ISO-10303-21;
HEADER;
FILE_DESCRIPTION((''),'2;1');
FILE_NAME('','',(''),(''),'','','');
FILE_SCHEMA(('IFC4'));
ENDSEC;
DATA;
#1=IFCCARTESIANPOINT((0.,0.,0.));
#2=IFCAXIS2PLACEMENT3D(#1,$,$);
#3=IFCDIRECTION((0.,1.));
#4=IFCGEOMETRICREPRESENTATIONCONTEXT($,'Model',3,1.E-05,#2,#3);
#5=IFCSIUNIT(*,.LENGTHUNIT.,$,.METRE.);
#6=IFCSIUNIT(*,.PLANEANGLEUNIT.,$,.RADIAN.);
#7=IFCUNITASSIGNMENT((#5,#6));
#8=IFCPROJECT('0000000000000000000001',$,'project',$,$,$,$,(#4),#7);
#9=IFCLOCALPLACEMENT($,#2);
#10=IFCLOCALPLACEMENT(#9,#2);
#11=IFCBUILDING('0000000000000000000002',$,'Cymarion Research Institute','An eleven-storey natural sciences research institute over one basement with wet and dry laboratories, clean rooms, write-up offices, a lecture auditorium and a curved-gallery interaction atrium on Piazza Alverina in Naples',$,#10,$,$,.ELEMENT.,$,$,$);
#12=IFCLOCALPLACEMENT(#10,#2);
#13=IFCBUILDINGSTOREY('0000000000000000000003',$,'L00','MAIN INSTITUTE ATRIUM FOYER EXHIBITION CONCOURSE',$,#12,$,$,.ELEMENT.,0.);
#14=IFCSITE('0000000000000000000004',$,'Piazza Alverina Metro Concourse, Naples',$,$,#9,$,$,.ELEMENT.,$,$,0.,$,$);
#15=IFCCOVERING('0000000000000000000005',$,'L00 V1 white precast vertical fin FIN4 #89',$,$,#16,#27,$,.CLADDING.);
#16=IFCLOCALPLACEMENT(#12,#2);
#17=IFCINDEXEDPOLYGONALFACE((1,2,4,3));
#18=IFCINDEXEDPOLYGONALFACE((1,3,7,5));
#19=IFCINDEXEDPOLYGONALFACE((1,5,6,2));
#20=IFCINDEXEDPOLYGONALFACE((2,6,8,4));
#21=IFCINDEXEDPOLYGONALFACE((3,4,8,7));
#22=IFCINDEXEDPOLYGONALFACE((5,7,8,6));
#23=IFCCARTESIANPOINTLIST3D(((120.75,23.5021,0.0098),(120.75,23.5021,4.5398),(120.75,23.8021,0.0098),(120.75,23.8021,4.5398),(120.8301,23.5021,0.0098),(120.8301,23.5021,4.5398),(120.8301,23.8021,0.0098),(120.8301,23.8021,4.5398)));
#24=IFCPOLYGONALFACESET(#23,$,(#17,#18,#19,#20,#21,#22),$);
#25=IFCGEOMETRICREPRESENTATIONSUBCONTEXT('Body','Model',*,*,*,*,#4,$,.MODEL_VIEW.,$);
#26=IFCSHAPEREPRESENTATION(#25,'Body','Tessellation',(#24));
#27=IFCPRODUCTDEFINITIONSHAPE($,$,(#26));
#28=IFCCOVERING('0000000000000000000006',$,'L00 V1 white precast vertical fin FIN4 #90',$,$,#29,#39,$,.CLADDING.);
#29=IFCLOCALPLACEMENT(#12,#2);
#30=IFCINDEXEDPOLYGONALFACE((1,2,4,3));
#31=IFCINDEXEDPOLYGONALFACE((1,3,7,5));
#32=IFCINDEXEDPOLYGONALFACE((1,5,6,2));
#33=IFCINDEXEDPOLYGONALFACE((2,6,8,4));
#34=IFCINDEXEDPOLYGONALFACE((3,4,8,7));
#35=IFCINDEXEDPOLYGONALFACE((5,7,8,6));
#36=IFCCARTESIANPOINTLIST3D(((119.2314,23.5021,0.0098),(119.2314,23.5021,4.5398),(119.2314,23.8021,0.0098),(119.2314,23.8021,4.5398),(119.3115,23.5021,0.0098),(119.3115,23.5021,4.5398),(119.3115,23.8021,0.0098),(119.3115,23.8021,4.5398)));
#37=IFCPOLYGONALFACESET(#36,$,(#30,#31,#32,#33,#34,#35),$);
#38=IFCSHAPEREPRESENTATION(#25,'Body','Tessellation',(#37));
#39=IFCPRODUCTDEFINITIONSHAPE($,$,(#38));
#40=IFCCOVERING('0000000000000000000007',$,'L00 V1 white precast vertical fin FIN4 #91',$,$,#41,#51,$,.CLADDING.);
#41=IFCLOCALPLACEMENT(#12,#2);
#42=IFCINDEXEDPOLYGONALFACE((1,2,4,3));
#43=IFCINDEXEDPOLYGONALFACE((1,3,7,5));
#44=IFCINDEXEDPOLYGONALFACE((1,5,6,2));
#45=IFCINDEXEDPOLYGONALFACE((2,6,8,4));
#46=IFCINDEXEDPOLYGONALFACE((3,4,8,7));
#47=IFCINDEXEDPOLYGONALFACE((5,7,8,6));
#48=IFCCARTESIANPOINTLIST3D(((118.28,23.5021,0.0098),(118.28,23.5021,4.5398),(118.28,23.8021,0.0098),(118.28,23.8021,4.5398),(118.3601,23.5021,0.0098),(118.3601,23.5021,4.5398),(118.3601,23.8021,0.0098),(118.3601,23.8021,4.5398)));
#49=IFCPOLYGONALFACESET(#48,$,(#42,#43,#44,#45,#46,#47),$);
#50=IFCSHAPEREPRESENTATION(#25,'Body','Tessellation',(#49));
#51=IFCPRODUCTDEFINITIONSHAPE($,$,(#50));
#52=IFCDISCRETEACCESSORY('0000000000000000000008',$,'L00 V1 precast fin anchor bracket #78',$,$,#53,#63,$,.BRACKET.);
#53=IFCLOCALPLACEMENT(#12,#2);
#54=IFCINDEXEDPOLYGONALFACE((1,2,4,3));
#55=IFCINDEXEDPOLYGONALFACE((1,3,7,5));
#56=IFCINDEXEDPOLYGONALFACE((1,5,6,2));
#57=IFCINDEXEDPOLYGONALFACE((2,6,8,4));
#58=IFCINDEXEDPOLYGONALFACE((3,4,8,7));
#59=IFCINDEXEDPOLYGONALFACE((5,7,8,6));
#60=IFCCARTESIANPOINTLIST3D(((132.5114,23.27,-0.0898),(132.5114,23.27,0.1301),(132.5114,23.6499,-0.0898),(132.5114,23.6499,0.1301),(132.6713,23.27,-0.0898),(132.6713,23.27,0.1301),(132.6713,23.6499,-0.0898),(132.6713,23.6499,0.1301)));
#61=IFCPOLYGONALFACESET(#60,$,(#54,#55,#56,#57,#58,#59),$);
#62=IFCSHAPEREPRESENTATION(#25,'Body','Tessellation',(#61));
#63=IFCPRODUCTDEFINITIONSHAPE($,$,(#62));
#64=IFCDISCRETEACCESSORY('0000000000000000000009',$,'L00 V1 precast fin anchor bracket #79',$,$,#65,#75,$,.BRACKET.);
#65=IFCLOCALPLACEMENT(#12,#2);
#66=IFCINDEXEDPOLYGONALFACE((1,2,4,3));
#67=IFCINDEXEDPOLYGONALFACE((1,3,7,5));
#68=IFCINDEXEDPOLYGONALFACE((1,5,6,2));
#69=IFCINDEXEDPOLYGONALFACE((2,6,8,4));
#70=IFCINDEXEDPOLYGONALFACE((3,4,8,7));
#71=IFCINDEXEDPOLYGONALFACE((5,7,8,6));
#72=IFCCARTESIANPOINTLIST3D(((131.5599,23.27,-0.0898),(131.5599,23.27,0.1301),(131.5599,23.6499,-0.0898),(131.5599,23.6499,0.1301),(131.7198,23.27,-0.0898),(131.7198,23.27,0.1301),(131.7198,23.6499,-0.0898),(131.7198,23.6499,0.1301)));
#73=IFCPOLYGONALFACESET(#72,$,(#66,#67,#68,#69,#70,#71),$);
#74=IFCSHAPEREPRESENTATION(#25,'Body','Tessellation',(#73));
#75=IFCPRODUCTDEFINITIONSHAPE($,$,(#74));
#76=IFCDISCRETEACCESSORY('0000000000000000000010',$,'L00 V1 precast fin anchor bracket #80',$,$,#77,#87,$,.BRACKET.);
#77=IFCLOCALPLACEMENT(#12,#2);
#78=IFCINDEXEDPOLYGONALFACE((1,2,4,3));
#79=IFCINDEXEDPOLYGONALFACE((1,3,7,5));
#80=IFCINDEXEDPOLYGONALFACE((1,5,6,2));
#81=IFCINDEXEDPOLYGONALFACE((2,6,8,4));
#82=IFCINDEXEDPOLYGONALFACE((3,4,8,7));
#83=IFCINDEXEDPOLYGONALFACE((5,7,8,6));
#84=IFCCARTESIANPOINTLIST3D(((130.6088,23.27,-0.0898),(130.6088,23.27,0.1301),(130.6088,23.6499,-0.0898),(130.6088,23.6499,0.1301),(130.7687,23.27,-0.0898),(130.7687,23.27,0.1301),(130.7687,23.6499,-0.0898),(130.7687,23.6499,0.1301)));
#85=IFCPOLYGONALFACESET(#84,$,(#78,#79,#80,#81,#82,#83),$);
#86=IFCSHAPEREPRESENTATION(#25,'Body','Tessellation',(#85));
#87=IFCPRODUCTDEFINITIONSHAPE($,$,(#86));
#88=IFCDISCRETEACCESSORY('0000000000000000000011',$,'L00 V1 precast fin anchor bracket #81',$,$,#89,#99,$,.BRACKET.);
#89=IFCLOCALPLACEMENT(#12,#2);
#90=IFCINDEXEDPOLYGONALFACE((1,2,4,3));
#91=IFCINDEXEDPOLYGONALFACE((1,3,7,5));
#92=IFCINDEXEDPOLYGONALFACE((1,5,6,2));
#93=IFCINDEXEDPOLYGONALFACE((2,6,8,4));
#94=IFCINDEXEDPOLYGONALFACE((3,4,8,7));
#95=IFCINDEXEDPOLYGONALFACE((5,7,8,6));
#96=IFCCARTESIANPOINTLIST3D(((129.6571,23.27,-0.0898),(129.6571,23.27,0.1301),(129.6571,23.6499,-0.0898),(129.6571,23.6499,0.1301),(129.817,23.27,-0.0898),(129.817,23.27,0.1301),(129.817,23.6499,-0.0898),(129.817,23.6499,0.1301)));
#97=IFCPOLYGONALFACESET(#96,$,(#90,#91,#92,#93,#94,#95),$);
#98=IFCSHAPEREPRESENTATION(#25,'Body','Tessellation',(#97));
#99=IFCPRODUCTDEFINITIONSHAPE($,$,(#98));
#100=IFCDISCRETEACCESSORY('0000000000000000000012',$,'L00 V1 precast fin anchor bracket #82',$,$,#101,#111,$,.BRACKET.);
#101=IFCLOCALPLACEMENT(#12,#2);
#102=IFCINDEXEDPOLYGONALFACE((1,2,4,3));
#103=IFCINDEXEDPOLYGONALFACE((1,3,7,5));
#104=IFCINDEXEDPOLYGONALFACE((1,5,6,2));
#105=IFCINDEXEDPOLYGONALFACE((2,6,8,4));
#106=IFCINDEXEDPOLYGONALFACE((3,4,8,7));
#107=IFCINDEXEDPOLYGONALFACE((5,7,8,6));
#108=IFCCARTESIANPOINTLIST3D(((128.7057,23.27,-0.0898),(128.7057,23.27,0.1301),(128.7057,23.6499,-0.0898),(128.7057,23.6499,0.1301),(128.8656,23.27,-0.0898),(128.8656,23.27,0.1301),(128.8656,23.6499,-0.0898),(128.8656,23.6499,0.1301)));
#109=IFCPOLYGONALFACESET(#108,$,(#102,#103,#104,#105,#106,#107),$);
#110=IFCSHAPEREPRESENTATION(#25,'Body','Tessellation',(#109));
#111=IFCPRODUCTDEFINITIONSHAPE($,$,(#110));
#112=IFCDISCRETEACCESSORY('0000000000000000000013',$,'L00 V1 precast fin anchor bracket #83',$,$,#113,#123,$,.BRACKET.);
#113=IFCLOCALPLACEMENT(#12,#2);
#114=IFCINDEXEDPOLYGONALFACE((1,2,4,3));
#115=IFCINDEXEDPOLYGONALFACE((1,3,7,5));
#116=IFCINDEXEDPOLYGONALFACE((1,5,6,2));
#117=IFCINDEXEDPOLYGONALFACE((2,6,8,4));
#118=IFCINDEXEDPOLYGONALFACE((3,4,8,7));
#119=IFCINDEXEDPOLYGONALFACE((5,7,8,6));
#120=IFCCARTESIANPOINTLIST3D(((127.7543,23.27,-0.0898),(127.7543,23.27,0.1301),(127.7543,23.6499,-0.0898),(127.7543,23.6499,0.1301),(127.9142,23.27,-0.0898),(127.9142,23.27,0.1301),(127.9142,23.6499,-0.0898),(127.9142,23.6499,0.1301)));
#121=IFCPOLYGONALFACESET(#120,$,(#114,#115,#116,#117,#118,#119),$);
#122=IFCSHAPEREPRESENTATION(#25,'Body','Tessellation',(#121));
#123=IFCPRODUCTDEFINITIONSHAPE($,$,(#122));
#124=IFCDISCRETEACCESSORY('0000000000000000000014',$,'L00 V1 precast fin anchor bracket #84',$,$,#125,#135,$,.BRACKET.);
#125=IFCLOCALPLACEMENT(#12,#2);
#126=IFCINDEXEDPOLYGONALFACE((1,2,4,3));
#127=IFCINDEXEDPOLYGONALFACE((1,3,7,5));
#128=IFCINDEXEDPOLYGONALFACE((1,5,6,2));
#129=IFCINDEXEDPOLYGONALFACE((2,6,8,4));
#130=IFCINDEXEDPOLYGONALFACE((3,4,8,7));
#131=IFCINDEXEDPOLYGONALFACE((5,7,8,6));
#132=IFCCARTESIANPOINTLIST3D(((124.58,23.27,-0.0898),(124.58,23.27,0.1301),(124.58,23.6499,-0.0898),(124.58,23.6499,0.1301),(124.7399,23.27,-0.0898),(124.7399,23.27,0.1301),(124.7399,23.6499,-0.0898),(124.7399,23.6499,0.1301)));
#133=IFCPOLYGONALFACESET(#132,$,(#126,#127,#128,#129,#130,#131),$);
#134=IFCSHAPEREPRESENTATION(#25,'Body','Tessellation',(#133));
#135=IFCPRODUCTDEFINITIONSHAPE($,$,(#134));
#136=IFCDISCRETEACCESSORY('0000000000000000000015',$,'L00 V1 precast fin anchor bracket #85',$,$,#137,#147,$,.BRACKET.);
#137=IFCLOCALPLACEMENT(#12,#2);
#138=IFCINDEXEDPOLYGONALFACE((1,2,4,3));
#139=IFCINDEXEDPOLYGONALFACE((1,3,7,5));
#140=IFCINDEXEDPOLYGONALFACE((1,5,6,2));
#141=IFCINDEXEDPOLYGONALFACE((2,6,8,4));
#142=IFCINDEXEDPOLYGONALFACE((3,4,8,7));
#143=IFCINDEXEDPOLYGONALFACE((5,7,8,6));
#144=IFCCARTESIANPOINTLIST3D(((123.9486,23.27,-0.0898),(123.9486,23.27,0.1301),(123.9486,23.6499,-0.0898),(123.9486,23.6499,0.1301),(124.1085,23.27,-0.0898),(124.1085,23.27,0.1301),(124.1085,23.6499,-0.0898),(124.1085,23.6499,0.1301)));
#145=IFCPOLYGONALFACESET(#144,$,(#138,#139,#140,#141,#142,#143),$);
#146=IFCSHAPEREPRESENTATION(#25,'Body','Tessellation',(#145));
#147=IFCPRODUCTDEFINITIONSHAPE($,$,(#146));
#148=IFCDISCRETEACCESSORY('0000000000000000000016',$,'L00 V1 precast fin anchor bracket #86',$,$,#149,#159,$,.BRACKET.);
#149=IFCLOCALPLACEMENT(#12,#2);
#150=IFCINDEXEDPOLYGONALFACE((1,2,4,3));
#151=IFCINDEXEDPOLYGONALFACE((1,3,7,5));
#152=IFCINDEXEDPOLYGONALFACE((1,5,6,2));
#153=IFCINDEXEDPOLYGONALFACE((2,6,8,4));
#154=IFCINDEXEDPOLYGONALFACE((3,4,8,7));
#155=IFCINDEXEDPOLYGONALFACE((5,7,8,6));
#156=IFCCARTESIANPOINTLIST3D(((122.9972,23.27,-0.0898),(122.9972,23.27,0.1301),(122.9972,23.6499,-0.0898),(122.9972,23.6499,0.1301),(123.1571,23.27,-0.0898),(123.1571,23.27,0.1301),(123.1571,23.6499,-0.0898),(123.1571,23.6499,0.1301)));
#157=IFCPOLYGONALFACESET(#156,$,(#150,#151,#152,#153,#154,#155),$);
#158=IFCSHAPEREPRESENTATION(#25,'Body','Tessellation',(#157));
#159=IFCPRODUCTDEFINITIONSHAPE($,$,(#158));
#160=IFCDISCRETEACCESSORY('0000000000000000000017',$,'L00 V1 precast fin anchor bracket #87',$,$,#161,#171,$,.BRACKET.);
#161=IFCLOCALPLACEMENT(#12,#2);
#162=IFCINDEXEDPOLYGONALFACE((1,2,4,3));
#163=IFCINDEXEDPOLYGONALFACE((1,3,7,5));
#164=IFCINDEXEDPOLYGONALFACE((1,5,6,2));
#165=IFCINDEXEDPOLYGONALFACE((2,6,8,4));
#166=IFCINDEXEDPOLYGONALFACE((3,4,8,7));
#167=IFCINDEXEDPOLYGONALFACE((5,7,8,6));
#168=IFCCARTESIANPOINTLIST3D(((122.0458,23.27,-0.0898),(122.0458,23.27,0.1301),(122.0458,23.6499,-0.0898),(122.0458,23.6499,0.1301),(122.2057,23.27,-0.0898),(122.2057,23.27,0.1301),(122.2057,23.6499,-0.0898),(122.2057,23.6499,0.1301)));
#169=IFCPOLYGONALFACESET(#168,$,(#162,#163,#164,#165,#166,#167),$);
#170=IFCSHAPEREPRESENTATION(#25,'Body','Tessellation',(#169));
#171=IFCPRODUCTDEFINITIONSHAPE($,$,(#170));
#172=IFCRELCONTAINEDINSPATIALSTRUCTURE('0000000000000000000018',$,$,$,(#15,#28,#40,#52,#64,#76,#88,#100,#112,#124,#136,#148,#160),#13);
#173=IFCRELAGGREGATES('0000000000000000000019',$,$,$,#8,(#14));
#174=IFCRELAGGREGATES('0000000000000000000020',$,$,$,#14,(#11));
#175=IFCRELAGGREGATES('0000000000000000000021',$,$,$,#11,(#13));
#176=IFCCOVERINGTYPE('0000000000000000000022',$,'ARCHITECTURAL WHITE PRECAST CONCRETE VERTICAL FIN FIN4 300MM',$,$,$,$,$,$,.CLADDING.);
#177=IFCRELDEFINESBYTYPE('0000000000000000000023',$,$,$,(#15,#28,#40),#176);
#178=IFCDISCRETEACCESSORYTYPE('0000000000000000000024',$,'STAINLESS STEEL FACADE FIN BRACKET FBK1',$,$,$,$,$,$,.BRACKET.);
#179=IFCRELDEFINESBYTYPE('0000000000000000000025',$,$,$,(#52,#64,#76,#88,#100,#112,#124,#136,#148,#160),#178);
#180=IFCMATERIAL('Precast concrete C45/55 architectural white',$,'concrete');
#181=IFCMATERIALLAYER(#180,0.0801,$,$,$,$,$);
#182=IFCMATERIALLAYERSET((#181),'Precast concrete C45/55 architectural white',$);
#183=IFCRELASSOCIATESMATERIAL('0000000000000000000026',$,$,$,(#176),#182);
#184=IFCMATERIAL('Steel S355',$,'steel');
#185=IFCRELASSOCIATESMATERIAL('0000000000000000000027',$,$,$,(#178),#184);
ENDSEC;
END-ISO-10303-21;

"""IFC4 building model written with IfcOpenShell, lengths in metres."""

from ifc_helpers import new_model, si_unit, direction, frame, origin, origin_2d, place, context, subcontext, project, spatial, rectangle, extrude, material, layer, layer_set, type_object, element, save


model = new_model("IFC4")

# Units and contexts
model_context = context("Model", 3, precision=1e-05, world=origin(), true_north=direction((0.0, 1.0)))
body_context = subcontext(model_context, "Body", "Model", "MODEL_VIEW")
ifc_project = project(units=[si_unit("LENGTHUNIT", "METRE"), si_unit("PLANEANGLEUNIT", "RADIAN")], contexts=[model_context])

# Site, building, storey
site_placement = place(None, origin())
site = spatial("IfcSite", under=ifc_project, at=site_placement, Name="Piazza Alverina Metro Concourse, Naples", CompositionType="ELEMENT", RefElevation=0.0)
building_placement = place(site_placement, origin())
building = spatial("IfcBuilding", under=site, at=building_placement, Name="Cymarion Research Institute", Description="An eleven-storey natural sciences research institute over one basement with wet and dry laboratories, clean rooms, write-up offices, a lecture auditorium and a curved-gallery interaction atrium on Piazza Alverina in Naples", CompositionType="ELEMENT")
storey_placement = place(building_placement, origin())
storey = spatial("IfcBuildingStorey", under=building, at=storey_placement, Name="L00", Description="MAIN INSTITUTE ATRIUM FOYER EXHIBITION CONCOURSE", CompositionType="ELEMENT", Elevation=0.0)

# Shared definitions
ifc_material_1 = material(Name="Steel S355", Category="steel")

# Coverings
ifc_material_2 = material(Name="Precast concrete C45/55 architectural white", Category="concrete")
ifc_layer = layer(ifc_material_2, 0.0801)
ifc_layer_set = layer_set([ifc_layer], Name="Precast concrete C45/55 architectural white")
covering_type = type_object("IfcCoveringType", Name="ARCHITECTURAL WHITE PRECAST CONCRETE VERTICAL FIN FIN4 300MM", PredefinedType="CLADDING", material=ifc_layer_set)
for number, where, z_axis, x_axis, name in (
    (1, (120.79, 23.6521, 0.0098), (0.0, 0.0, 1.0), (0.0, 1.0, 0.0), "L00 V1 white precast vertical fin FIN4 #89"),
    (2, (119.2715, 23.6521, 0.0098), (0.0, 0.0, 1.0), (0.0, 1.0, 0.0), "L00 V1 white precast vertical fin FIN4 #90"),
    (3, (118.3201, 23.6521, 0.0098), (0.0, 0.0, 1.0), (0.0, 1.0, 0.0), "L00 V1 white precast vertical fin FIN4 #91"),
):
    element("IfcCovering", number, at=place(storey_placement, frame(where, z_axis=z_axis, x_axis=x_axis)), inside=storey, type_object=covering_type, Name=name, PredefinedType="CLADDING", context=body_context, shape_type="SweptSolid", body=[
        extrude(rectangle(XDim=0.3, YDim=0.0801, at=origin_2d()), origin(), (0.0, 0.0, 1.0), 4.53),
    ])

# Discrete accessories
discrete_accessory_type = type_object("IfcDiscreteAccessoryType", Name="STAINLESS STEEL FACADE FIN BRACKET FBK1", PredefinedType="BRACKET", material=ifc_material_1)
for number, where, z_axis, x_axis, name in (
    (4, (132.5913, 23.46, -0.0898), (0.0, 0.0, 1.0), (0.0, 1.0, 0.0), "L00 V1 precast fin anchor bracket #78"),
    (5, (131.6399, 23.46, -0.0898), (0.0, 0.0, 1.0), (0.0, 1.0, 0.0), "L00 V1 precast fin anchor bracket #79"),
    (6, (130.6887, 23.46, -0.0898), (0.0, 0.0, 1.0), (0.0, 1.0, 0.0), "L00 V1 precast fin anchor bracket #80"),
    (7, (129.7371, 23.46, -0.0898), (0.0, 0.0, 1.0), (0.0, 1.0, 0.0), "L00 V1 precast fin anchor bracket #81"),
    (8, (128.7856, 23.46, -0.0898), (0.0, 0.0, 1.0), (0.0, 1.0, 0.0), "L00 V1 precast fin anchor bracket #82"),
    (9, (127.8342, 23.46, -0.0898), (0.0, 0.0, 1.0), (0.0, 1.0, 0.0), "L00 V1 precast fin anchor bracket #83"),
    (10, (124.6599, 23.46, -0.0898), (0.0, 0.0, 1.0), (0.0, 1.0, 0.0), "L00 V1 precast fin anchor bracket #84"),
    (11, (124.0286, 23.46, -0.0898), (0.0, 0.0, 1.0), (0.0, 1.0, 0.0), "L00 V1 precast fin anchor bracket #85"),
    (12, (123.0771, 23.46, -0.0898), (0.0, 0.0, 1.0), (0.0, 1.0, 0.0), "L00 V1 precast fin anchor bracket #86"),
    (13, (122.1257, 23.46, -0.0898), (0.0, 0.0, 1.0), (0.0, 1.0, 0.0), "L00 V1 precast fin anchor bracket #87"),
):
    element("IfcDiscreteAccessory", number, at=place(storey_placement, frame(where, z_axis=z_axis, x_axis=x_axis)), inside=storey, type_object=discrete_accessory_type, Name=name, PredefinedType="BRACKET", context=body_context, shape_type="SweptSolid", body=[
        extrude(rectangle(XDim=0.3799, YDim=0.1599, at=origin_2d()), origin(), (0.0, 0.0, 1.0), 0.22),
    ])

save(model, "model.ifc")
